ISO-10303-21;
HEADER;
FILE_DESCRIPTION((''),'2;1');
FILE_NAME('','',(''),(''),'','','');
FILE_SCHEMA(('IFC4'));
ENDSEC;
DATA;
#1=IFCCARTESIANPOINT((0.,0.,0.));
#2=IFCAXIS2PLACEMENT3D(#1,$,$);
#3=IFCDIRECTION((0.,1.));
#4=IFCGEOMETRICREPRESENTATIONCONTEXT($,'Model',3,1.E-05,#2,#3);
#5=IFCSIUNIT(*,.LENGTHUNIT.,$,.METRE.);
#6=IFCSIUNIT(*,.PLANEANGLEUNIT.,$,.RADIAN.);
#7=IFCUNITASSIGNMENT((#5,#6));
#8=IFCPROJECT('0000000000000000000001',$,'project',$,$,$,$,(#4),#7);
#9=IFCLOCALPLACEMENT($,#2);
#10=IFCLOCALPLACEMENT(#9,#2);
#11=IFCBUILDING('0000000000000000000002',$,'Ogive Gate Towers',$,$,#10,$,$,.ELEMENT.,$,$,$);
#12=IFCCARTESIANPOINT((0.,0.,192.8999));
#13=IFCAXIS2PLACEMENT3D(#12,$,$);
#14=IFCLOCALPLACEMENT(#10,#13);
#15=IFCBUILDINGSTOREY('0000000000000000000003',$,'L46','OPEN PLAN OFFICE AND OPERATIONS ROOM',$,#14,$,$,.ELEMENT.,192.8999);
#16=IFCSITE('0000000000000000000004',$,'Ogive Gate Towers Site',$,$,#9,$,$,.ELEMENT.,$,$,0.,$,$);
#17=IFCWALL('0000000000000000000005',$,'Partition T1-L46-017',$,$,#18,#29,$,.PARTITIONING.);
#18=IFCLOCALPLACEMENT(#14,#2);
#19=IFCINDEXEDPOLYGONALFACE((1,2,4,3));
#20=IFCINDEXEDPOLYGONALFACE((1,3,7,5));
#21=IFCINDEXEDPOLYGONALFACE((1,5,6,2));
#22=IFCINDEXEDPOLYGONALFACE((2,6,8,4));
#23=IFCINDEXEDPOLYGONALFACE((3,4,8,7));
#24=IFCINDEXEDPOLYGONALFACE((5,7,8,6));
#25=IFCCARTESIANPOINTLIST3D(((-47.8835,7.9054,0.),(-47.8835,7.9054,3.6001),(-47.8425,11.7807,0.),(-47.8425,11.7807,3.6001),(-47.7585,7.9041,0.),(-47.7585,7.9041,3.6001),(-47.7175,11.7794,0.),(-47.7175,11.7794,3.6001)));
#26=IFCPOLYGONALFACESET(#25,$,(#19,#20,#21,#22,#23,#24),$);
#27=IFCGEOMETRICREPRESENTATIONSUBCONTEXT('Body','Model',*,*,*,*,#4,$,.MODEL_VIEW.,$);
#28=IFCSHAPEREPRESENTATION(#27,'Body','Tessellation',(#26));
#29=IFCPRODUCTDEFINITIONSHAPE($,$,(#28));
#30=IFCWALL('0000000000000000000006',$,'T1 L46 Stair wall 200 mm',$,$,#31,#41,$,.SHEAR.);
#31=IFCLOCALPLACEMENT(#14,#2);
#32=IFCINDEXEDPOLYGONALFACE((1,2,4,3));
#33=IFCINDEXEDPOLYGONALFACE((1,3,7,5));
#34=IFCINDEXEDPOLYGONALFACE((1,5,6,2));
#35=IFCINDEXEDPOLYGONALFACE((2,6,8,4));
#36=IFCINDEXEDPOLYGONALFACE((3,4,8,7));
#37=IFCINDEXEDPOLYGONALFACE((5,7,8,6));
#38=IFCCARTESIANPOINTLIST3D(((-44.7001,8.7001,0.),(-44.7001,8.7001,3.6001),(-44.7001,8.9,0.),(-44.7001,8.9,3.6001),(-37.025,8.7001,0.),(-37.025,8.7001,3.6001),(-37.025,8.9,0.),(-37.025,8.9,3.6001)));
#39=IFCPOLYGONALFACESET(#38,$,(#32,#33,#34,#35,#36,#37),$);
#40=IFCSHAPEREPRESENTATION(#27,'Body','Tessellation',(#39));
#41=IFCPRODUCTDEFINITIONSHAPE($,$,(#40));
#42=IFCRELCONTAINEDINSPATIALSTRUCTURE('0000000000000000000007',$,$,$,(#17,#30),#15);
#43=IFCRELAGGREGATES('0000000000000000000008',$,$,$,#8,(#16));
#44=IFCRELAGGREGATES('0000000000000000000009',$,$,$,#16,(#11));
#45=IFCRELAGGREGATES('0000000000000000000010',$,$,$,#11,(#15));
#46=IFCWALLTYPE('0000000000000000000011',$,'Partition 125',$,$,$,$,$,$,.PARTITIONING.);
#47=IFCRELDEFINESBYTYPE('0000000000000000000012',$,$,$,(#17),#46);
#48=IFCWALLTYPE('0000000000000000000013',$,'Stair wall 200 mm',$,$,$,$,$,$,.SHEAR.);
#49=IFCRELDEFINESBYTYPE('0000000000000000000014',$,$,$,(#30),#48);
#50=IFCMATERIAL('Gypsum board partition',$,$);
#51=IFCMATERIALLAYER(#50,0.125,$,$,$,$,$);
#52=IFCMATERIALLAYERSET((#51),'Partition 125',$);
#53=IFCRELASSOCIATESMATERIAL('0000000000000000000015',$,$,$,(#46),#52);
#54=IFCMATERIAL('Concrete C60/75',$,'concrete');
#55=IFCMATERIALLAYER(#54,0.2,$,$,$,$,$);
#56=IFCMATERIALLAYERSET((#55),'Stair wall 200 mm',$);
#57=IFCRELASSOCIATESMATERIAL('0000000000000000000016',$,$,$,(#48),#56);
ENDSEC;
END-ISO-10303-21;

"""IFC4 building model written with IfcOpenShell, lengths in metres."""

from ifc_helpers import new_model, si_unit, direction, frame, frame_2d, origin, place, context, subcontext, project, spatial, rectangle, extrude, material, layer, layer_set, type_object, element, save


model = new_model("IFC4")

# Units and contexts
model_context = context("Model", 3, precision=1e-05, world=origin(), true_north=direction((0.0, 1.0)))
body_context = subcontext(model_context, "Body", "Model", "MODEL_VIEW")
ifc_project = project(units=[si_unit("LENGTHUNIT", "METRE"), si_unit("PLANEANGLEUNIT", "RADIAN")], contexts=[model_context])

# Site, building, storey
site_placement = place(None, origin())
site = spatial("IfcSite", under=ifc_project, at=site_placement, Name="Ogive Gate Towers Site", CompositionType="ELEMENT", RefElevation=0.0)
building_placement = place(site_placement, origin())
building = spatial("IfcBuilding", under=site, at=building_placement, Name="Ogive Gate Towers", CompositionType="ELEMENT")
storey_placement = place(building_placement, frame((0.0, 0.0, 192.8999)))
storey = spatial("IfcBuildingStorey", under=building, at=storey_placement, Name="L46", Description="OPEN PLAN OFFICE AND OPERATIONS ROOM", CompositionType="ELEMENT", Elevation=192.8999)

# Shared definitions
ifc_material_1 = material(Name="Concrete C60/75", Category="concrete")

# Shared definitions
ifc_material_2 = material(Name="Gypsum board partition")
ifc_layer_1 = layer(ifc_material_2, 0.125)
ifc_layer_set_1 = layer_set([ifc_layer_1], Name="Partition 125")
wall_type_1 = type_object("IfcWallType", Name="Partition 125", PredefinedType="PARTITIONING", material=ifc_layer_set_1)

# Walls
wall_1_placement = place(storey_placement, frame((-47.821, 7.9048, 0.0), z_axis=(0.0, 0.0, 1.0), x_axis=(0.010583, 0.999944, 0.0)))
element("IfcWall", 1, at=wall_1_placement, inside=storey, type_object=wall_type_1, Name="Partition T1-L46-017", PredefinedType="PARTITIONING", context=body_context, shape_type="SweptSolid", body=[
    extrude(rectangle(XDim=3.8755, YDim=0.125, at=frame_2d((1.9377, 0.0))), origin(), (0.0, 0.0, 1.0), 3.6001),
])
ifc_layer_2 = layer(ifc_material_1, 0.2)
ifc_layer_set_2 = layer_set([ifc_layer_2], Name="Stair wall 200 mm")
wall_type_2 = type_object("IfcWallType", Name="Stair wall 200 mm", PredefinedType="SHEAR", material=ifc_layer_set_2)
wall_2_placement = place(storey_placement, frame((-44.7, 8.8, 0.0), z_axis=(0.0, 0.0, 1.0), x_axis=(1.0, 0.0, 0.0)))
element("IfcWall", 2, at=wall_2_placement, inside=storey, type_object=wall_type_2, Name="T1 L46 Stair wall 200 mm", PredefinedType="SHEAR", context=body_context, shape_type="SweptSolid", body=[
    extrude(rectangle(XDim=7.675, YDim=0.2, at=frame_2d((3.8374, 0.0))), origin(), (0.0, 0.0, 1.0), 3.6001),
])

save(model, "model.ifc")
